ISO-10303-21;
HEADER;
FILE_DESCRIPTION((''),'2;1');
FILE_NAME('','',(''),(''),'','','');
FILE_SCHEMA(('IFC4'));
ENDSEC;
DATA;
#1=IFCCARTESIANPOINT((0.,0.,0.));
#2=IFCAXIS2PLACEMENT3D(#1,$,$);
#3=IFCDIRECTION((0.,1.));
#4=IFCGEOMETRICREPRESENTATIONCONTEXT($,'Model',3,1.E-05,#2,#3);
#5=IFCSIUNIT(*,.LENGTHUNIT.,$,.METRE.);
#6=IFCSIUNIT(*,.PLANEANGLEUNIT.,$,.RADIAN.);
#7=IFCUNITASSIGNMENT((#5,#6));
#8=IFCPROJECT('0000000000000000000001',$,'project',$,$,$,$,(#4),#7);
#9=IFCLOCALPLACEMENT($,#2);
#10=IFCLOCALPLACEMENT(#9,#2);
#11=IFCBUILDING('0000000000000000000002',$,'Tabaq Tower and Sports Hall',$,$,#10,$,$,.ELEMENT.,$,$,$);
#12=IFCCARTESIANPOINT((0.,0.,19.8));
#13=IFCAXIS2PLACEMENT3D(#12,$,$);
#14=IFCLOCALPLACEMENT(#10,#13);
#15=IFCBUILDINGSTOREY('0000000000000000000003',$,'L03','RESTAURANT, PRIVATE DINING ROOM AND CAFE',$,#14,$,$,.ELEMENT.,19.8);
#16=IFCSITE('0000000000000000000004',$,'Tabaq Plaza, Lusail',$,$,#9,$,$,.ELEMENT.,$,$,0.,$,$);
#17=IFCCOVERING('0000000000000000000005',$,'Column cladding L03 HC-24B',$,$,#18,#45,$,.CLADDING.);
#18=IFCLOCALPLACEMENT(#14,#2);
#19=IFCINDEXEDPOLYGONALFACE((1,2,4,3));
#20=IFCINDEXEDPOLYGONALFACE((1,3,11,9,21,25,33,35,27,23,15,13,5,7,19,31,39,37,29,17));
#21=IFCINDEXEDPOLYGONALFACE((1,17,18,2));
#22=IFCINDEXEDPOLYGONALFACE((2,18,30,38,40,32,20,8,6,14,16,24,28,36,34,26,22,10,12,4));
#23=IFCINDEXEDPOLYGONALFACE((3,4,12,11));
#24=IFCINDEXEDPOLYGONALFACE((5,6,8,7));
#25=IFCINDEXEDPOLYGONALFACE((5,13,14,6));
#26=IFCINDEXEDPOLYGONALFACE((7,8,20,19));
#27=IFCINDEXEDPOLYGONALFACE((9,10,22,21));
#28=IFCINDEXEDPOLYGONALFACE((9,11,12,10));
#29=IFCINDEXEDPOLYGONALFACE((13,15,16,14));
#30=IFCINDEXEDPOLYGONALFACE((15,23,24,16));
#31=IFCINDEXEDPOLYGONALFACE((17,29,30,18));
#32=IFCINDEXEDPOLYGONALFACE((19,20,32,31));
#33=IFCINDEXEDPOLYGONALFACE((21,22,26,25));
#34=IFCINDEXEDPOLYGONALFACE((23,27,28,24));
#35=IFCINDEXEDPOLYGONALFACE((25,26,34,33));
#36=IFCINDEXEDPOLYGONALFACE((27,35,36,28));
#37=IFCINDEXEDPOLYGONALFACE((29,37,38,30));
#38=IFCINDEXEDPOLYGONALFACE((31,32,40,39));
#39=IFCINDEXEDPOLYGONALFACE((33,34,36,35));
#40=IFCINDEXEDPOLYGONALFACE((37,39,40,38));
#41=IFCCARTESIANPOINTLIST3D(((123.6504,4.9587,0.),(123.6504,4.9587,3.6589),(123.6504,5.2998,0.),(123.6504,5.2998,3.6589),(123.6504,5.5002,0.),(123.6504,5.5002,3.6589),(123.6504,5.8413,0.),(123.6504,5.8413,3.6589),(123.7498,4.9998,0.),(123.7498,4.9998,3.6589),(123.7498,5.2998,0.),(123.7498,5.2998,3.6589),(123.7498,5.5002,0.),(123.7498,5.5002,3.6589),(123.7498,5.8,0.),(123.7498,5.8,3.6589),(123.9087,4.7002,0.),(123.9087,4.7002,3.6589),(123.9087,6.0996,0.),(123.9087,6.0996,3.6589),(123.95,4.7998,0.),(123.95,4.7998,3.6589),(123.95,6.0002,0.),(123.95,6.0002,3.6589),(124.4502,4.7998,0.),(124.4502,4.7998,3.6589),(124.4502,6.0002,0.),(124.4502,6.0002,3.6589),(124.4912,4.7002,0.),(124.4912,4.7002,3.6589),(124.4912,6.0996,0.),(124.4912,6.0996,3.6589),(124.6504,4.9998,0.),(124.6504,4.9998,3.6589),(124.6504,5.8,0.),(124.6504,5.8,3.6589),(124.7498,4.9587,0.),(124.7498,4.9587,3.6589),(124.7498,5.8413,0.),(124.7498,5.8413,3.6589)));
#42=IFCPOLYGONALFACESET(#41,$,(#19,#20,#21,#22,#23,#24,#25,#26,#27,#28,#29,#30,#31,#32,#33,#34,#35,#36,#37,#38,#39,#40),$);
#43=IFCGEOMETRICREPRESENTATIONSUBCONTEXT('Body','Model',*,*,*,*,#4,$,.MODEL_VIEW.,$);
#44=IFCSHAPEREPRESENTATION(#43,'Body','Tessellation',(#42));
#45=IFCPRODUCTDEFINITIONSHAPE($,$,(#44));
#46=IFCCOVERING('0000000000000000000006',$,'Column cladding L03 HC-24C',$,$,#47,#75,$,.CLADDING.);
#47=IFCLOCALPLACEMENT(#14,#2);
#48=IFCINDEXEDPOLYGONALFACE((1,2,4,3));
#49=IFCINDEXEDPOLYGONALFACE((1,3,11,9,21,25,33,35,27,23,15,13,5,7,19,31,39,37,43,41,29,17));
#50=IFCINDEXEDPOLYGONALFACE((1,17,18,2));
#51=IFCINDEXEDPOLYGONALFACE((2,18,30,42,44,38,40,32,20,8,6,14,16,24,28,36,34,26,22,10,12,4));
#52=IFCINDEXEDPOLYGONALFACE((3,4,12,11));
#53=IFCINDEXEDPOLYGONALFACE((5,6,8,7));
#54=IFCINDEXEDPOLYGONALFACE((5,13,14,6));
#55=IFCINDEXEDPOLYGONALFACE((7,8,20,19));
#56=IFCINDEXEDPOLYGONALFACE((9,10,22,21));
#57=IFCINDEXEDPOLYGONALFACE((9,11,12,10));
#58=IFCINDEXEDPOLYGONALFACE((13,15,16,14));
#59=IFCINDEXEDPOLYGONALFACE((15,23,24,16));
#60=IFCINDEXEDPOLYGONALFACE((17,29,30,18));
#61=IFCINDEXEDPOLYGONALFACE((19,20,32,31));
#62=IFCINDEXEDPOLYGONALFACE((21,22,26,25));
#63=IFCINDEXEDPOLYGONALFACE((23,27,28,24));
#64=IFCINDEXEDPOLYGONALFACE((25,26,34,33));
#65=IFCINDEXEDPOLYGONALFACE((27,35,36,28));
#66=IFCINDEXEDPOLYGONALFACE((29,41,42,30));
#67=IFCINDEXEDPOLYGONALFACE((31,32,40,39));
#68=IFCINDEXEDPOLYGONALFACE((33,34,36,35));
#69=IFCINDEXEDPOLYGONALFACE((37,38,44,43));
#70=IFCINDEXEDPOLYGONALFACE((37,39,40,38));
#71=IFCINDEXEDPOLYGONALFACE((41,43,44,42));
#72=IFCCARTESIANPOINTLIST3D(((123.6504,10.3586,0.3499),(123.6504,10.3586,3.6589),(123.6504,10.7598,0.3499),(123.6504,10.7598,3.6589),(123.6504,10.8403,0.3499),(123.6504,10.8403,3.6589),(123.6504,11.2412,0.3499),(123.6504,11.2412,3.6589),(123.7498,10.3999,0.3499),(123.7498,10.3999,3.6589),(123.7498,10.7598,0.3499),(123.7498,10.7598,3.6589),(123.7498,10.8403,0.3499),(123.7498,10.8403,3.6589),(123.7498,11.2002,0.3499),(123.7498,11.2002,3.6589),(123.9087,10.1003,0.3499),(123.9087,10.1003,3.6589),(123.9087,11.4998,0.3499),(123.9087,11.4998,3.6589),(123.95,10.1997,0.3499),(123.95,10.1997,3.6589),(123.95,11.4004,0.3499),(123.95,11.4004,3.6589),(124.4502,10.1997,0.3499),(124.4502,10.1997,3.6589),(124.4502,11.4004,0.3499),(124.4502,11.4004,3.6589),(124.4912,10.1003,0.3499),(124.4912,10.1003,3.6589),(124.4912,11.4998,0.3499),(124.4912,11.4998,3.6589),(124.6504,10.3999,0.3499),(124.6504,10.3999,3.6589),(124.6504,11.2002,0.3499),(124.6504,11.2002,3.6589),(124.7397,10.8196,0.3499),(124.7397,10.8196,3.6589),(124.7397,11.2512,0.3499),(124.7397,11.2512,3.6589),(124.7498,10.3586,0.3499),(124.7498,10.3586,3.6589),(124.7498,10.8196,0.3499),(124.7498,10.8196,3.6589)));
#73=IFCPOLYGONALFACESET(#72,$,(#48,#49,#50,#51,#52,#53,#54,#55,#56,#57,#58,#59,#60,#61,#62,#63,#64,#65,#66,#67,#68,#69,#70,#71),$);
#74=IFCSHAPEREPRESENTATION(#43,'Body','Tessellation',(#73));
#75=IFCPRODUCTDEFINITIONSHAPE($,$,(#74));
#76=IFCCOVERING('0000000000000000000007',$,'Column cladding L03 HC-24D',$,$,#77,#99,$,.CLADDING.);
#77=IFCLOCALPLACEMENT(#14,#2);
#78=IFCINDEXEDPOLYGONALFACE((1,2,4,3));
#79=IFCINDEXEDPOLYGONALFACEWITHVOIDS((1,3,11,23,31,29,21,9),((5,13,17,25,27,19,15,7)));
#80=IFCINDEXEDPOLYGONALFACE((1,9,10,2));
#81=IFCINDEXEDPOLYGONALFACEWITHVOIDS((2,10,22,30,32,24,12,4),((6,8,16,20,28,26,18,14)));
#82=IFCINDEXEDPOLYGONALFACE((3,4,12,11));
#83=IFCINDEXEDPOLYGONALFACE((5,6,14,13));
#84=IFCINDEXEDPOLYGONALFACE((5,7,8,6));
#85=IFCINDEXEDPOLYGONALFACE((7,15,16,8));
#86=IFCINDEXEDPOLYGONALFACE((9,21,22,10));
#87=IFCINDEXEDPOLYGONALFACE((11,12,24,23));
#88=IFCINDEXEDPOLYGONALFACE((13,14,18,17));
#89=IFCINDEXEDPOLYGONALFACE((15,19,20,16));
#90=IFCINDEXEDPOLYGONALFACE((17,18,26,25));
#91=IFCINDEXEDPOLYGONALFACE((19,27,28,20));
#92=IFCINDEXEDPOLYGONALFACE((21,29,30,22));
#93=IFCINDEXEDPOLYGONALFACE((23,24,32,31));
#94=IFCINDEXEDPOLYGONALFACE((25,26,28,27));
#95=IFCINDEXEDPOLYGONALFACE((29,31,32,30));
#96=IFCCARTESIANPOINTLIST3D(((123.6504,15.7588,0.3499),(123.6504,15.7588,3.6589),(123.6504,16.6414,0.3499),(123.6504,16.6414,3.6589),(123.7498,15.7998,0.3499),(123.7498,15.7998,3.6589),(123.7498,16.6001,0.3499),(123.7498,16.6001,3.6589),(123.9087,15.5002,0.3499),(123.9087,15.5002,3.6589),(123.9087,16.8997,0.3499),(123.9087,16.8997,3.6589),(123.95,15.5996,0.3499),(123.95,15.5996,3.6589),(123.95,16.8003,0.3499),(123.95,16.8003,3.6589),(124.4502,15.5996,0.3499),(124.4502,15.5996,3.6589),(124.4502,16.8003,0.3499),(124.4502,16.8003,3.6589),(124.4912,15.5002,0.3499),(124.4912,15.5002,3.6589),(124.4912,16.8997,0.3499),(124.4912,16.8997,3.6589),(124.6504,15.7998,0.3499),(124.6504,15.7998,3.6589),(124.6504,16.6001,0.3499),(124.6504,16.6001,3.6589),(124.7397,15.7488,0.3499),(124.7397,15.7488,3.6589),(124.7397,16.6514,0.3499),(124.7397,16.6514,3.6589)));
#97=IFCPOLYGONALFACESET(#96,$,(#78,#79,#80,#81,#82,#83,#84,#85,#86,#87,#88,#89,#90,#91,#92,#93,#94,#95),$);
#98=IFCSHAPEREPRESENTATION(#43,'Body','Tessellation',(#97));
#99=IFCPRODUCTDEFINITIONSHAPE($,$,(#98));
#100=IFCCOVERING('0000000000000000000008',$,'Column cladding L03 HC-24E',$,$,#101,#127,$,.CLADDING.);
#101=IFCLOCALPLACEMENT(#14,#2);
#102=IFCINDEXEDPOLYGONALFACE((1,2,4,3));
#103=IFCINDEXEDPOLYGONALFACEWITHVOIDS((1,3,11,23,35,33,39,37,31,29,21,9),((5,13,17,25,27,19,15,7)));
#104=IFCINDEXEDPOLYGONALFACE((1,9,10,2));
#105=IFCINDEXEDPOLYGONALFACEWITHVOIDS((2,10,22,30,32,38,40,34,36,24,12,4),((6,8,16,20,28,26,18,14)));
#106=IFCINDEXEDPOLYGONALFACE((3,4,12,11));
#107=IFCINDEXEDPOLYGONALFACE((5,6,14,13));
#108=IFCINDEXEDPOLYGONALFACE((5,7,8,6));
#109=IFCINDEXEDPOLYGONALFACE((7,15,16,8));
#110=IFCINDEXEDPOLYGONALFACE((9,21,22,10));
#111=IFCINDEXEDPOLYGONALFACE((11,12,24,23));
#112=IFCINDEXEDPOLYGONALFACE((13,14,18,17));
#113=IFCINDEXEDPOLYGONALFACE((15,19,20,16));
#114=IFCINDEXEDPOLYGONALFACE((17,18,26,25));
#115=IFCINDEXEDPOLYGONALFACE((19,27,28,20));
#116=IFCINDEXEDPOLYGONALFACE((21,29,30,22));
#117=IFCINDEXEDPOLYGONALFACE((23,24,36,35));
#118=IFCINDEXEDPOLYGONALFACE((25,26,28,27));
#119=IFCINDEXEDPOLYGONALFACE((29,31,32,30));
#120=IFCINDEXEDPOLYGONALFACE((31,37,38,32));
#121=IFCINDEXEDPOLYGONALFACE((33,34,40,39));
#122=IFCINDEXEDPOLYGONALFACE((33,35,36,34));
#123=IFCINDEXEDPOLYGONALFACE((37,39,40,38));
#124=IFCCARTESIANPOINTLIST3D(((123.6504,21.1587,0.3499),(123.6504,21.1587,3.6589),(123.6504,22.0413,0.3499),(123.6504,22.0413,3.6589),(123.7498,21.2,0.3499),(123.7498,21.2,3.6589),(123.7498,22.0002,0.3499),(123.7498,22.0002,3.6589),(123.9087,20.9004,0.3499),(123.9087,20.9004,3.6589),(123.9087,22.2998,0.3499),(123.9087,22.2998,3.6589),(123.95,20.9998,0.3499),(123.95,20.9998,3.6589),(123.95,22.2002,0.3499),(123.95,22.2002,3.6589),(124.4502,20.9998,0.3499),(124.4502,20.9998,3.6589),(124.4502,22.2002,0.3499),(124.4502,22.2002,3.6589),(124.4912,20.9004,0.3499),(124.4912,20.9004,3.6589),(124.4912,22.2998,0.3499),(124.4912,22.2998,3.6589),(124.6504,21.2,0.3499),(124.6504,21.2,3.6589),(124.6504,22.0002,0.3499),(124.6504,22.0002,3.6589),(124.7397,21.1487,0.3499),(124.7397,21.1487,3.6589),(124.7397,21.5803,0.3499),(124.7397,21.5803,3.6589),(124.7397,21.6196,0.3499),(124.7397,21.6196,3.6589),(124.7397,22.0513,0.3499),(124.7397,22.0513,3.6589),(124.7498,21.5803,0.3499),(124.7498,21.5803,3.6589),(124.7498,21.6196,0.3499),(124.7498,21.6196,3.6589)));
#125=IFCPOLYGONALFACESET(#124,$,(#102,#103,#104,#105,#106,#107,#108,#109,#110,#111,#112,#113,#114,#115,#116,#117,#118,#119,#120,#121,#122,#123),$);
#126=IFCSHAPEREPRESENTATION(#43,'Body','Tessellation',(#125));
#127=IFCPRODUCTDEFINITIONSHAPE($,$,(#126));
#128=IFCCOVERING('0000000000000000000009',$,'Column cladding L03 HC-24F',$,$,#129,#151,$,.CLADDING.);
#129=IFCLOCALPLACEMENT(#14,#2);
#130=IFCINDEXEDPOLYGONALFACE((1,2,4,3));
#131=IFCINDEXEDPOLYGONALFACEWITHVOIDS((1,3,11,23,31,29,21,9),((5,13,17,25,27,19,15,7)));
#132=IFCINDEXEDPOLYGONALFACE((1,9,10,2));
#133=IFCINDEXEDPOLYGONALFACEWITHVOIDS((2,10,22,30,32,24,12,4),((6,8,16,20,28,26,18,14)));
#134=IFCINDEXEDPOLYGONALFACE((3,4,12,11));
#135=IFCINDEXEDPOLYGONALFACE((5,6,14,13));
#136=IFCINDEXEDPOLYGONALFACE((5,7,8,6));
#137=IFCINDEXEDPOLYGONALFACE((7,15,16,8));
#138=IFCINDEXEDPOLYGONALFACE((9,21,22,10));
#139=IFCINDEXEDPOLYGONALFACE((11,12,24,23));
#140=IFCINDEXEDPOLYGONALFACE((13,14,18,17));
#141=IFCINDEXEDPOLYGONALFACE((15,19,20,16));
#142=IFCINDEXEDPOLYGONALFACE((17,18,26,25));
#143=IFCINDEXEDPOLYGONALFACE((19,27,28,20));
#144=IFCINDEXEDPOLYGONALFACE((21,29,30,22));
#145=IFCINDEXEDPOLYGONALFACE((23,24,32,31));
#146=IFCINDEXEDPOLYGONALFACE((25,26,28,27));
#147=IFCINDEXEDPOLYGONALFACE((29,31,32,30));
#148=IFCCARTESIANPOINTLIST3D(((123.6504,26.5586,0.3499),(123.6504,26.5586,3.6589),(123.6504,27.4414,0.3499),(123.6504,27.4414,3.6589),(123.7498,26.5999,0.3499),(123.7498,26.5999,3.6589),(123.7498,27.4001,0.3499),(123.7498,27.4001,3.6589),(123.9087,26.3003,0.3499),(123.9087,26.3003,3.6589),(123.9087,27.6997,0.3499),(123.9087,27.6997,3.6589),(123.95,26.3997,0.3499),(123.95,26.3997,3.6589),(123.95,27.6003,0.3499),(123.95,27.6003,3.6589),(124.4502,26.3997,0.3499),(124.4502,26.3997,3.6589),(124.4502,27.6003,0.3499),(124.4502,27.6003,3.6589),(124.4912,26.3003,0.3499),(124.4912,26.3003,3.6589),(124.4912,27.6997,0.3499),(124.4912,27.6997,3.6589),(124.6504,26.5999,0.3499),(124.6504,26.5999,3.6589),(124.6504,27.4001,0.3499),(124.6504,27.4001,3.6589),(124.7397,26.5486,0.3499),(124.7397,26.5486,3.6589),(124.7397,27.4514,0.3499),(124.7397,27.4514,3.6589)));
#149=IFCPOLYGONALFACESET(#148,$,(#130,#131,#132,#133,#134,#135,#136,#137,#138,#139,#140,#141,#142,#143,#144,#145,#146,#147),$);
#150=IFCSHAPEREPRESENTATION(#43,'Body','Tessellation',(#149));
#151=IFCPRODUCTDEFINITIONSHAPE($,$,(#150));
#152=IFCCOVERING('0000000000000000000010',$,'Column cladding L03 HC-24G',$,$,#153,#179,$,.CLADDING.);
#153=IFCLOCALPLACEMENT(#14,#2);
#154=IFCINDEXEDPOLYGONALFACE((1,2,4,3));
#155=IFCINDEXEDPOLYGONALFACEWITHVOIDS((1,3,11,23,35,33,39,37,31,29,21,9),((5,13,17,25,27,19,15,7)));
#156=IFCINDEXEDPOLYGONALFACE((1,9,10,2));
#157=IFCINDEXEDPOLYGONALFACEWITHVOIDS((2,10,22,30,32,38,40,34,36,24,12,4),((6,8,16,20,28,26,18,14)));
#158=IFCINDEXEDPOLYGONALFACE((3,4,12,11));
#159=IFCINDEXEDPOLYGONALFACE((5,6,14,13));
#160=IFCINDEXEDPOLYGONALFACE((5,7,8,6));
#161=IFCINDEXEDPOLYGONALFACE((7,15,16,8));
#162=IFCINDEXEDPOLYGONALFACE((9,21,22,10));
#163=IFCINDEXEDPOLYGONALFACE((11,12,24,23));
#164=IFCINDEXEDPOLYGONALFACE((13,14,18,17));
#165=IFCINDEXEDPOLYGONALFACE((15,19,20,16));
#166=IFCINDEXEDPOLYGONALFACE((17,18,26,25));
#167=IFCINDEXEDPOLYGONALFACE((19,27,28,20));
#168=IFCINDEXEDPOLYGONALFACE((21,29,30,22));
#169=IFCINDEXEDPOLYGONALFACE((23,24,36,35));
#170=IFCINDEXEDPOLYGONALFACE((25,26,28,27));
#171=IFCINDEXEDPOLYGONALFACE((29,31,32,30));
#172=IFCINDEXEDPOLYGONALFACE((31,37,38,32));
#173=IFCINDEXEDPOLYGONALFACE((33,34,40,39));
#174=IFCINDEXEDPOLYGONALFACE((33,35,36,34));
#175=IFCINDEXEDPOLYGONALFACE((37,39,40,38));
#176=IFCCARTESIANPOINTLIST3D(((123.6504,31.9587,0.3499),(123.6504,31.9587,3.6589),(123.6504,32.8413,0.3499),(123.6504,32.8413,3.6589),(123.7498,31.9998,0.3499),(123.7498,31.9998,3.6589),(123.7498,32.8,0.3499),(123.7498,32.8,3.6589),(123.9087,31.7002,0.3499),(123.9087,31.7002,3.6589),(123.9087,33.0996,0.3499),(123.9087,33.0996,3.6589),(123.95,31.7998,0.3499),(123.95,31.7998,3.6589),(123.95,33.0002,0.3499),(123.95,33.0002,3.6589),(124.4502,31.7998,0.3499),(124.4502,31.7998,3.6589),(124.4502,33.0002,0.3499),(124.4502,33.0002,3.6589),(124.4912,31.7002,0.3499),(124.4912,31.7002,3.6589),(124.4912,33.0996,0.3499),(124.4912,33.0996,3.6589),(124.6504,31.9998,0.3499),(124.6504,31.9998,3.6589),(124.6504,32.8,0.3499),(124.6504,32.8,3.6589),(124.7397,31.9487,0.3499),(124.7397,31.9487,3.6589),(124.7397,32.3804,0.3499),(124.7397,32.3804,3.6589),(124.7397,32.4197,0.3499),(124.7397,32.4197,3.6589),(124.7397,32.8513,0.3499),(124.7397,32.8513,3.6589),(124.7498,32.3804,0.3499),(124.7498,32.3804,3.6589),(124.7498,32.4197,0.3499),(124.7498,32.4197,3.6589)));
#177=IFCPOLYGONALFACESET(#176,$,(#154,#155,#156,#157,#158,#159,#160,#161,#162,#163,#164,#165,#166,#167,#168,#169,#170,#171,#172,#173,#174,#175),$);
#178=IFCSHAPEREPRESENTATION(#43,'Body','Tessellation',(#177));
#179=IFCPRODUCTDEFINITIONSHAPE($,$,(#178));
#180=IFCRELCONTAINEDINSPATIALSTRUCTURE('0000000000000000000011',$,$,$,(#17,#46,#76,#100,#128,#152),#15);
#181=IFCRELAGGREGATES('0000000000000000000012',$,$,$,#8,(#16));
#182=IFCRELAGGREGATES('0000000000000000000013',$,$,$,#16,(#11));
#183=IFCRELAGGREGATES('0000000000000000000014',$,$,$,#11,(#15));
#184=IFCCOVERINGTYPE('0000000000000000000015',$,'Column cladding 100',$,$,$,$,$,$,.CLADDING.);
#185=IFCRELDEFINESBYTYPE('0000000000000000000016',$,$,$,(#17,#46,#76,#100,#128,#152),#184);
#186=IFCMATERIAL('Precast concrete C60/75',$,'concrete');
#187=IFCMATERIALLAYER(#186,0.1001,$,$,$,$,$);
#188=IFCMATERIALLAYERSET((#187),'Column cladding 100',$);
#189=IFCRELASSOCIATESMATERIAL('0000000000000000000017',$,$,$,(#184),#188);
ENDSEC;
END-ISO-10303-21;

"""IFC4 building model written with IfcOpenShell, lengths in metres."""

from ifc_helpers import new_model, si_unit, direction, frame, origin, place, context, subcontext, project, spatial, polyline, outline, extrude, material, layer, layer_set, type_object, element, save


model = new_model("IFC4")

# Units and contexts
model_context = context("Model", 3, precision=1e-05, world=origin(), true_north=direction((0.0, 1.0)))
body_context = subcontext(model_context, "Body", "Model", "MODEL_VIEW")
ifc_project = project(units=[si_unit("LENGTHUNIT", "METRE"), si_unit("PLANEANGLEUNIT", "RADIAN")], contexts=[model_context])

# Site, building, storey
site_placement = place(None, origin())
site = spatial("IfcSite", under=ifc_project, at=site_placement, Name="Tabaq Plaza, Lusail", CompositionType="ELEMENT", RefElevation=0.0)
building_placement = place(site_placement, origin())
building = spatial("IfcBuilding", under=site, at=building_placement, Name="Tabaq Tower and Sports Hall", CompositionType="ELEMENT")
storey_placement = place(building_placement, frame((0.0, 0.0, 19.8)))
storey = spatial("IfcBuildingStorey", under=building, at=storey_placement, Name="L03", Description="RESTAURANT, PRIVATE DINING ROOM AND CAFE", CompositionType="ELEMENT", Elevation=19.8)

# Coverings
ifc_material = material(Name="Precast concrete C60/75", Category="concrete")
ifc_layer = layer(ifc_material, 0.1001)
ifc_layer_set = layer_set([ifc_layer], Name="Column cladding 100")
covering_type = type_object("IfcCoveringType", Name="Column cladding 100", PredefinedType="CLADDING", material=ifc_layer_set)
covering_1_placement = place(storey_placement, origin())
element("IfcCovering", 1, at=covering_1_placement, inside=storey, type_object=covering_type, Name="Column cladding L03 HC-24B", PredefinedType="CLADDING", context=body_context, shape_type="SweptSolid", body=[
    extrude(outline(polyline([(123.9087, 4.7002), (123.6504, 4.9587), (123.6504, 5.2998), (123.7498, 5.2998), (123.7498, 4.9998), (123.95, 4.7998), (124.4502, 4.7998), (124.6504, 4.9998), (124.6504, 5.8), (124.4502, 6.0002), (123.95, 6.0002), (123.7498, 5.8), (123.7498, 5.5002), (123.6504, 5.5002), (123.6504, 5.8413), (123.9087, 6.0996), (124.4912, 6.0996), (124.7498, 5.8413), (124.7498, 4.9587), (124.4912, 4.7002), (123.9087, 4.7002)])), origin(), (0.0, 0.0, 1.0), 3.6589),
])
covering_2_placement = place(storey_placement, frame((0.0, 0.0, 0.3499)))
element("IfcCovering", 2, at=covering_2_placement, inside=storey, type_object=covering_type, Name="Column cladding L03 HC-24C", PredefinedType="CLADDING", context=body_context, shape_type="SweptSolid", body=[
    extrude(outline(polyline([(123.9087, 10.1003), (123.6504, 10.3586), (123.6504, 10.7598), (123.7498, 10.7598), (123.7498, 10.3999), (123.95, 10.1997), (124.4502, 10.1997), (124.6504, 10.3999), (124.6504, 11.2002), (124.4502, 11.4004), (123.95, 11.4004), (123.7498, 11.2002), (123.7498, 10.8403), (123.6504, 10.8403), (123.6504, 11.2412), (123.9087, 11.4998), (124.4912, 11.4998), (124.7397, 11.2512), (124.7397, 10.8196), (124.7498, 10.8196), (124.7498, 10.3586), (124.4912, 10.1003), (123.9087, 10.1003)])), origin(), (0.0, 0.0, 1.0), 3.3091),
])
covering_3_placement = place(storey_placement, frame((0.0, 0.0, 0.3499)))
element("IfcCovering", 3, at=covering_3_placement, inside=storey, type_object=covering_type, Name="Column cladding L03 HC-24D", PredefinedType="CLADDING", context=body_context, shape_type="SweptSolid", body=[
    extrude(outline(polyline([(123.9087, 15.5002), (123.6504, 15.7588), (123.6504, 16.6414), (123.9087, 16.8997), (124.4912, 16.8997), (124.7397, 16.6514), (124.7397, 15.7488), (124.4912, 15.5002), (123.9087, 15.5002)]), holes=[polyline([(124.4502, 16.8003), (123.95, 16.8003), (123.7498, 16.6001), (123.7498, 15.7998), (123.95, 15.5996), (124.4502, 15.5996), (124.6504, 15.7998), (124.6504, 16.6001), (124.4502, 16.8003)])]), origin(), (0.0, 0.0, 1.0), 3.3091),
])
covering_4_placement = place(storey_placement, frame((0.0, 0.0, 0.3499)))
element("IfcCovering", 4, at=covering_4_placement, inside=storey, type_object=covering_type, Name="Column cladding L03 HC-24E", PredefinedType="CLADDING", context=body_context, shape_type="SweptSolid", body=[
    extrude(outline(polyline([(123.9087, 20.9004), (123.6504, 21.1587), (123.6504, 22.0413), (123.9087, 22.2998), (124.4912, 22.2998), (124.7397, 22.0513), (124.7397, 21.6196), (124.7498, 21.6196), (124.7498, 21.5803), (124.7397, 21.5803), (124.7397, 21.1487), (124.4912, 20.9004), (123.9087, 20.9004)]), holes=[polyline([(124.4502, 22.2002), (123.95, 22.2002), (123.7498, 22.0002), (123.7498, 21.2), (123.95, 20.9998), (124.4502, 20.9998), (124.6504, 21.2), (124.6504, 22.0002), (124.4502, 22.2002)])]), origin(), (0.0, 0.0, 1.0), 3.3091),
])
covering_5_placement = place(storey_placement, frame((0.0, 0.0, 0.3499)))
element("IfcCovering", 5, at=covering_5_placement, inside=storey, type_object=covering_type, Name="Column cladding L03 HC-24F", PredefinedType="CLADDING", context=body_context, shape_type="SweptSolid", body=[
    extrude(outline(polyline([(123.9087, 26.3003), (123.6504, 26.5586), (123.6504, 27.4414), (123.9087, 27.6997), (124.4912, 27.6997), (124.7397, 27.4514), (124.7397, 26.5486), (124.4912, 26.3003), (123.9087, 26.3003)]), holes=[polyline([(124.4502, 27.6003), (123.95, 27.6003), (123.7498, 27.4001), (123.7498, 26.5999), (123.95, 26.3997), (124.4502, 26.3997), (124.6504, 26.5999), (124.6504, 27.4001), (124.4502, 27.6003)])]), origin(), (0.0, 0.0, 1.0), 3.3091),
])
covering_6_placement = place(storey_placement, frame((0.0, 0.0, 0.3499)))
element("IfcCovering", 6, at=covering_6_placement, inside=storey, type_object=covering_type, Name="Column cladding L03 HC-24G", PredefinedType="CLADDING", context=body_context, shape_type="SweptSolid", body=[
    extrude(outline(polyline([(123.9087, 31.7002), (123.6504, 31.9587), (123.6504, 32.8413), (123.9087, 33.0996), (124.4912, 33.0996), (124.7397, 32.8513), (124.7397, 32.4197), (124.7498, 32.4197), (124.7498, 32.3804), (124.7397, 32.3804), (124.7397, 31.9487), (124.4912, 31.7002), (123.9087, 31.7002)]), holes=[polyline([(124.4502, 33.0002), (123.95, 33.0002), (123.7498, 32.8), (123.7498, 31.9998), (123.95, 31.7998), (124.4502, 31.7998), (124.6504, 31.9998), (124.6504, 32.8), (124.4502, 33.0002)])]), origin(), (0.0, 0.0, 1.0), 3.3091),
])

save(model, "model.ifc")
